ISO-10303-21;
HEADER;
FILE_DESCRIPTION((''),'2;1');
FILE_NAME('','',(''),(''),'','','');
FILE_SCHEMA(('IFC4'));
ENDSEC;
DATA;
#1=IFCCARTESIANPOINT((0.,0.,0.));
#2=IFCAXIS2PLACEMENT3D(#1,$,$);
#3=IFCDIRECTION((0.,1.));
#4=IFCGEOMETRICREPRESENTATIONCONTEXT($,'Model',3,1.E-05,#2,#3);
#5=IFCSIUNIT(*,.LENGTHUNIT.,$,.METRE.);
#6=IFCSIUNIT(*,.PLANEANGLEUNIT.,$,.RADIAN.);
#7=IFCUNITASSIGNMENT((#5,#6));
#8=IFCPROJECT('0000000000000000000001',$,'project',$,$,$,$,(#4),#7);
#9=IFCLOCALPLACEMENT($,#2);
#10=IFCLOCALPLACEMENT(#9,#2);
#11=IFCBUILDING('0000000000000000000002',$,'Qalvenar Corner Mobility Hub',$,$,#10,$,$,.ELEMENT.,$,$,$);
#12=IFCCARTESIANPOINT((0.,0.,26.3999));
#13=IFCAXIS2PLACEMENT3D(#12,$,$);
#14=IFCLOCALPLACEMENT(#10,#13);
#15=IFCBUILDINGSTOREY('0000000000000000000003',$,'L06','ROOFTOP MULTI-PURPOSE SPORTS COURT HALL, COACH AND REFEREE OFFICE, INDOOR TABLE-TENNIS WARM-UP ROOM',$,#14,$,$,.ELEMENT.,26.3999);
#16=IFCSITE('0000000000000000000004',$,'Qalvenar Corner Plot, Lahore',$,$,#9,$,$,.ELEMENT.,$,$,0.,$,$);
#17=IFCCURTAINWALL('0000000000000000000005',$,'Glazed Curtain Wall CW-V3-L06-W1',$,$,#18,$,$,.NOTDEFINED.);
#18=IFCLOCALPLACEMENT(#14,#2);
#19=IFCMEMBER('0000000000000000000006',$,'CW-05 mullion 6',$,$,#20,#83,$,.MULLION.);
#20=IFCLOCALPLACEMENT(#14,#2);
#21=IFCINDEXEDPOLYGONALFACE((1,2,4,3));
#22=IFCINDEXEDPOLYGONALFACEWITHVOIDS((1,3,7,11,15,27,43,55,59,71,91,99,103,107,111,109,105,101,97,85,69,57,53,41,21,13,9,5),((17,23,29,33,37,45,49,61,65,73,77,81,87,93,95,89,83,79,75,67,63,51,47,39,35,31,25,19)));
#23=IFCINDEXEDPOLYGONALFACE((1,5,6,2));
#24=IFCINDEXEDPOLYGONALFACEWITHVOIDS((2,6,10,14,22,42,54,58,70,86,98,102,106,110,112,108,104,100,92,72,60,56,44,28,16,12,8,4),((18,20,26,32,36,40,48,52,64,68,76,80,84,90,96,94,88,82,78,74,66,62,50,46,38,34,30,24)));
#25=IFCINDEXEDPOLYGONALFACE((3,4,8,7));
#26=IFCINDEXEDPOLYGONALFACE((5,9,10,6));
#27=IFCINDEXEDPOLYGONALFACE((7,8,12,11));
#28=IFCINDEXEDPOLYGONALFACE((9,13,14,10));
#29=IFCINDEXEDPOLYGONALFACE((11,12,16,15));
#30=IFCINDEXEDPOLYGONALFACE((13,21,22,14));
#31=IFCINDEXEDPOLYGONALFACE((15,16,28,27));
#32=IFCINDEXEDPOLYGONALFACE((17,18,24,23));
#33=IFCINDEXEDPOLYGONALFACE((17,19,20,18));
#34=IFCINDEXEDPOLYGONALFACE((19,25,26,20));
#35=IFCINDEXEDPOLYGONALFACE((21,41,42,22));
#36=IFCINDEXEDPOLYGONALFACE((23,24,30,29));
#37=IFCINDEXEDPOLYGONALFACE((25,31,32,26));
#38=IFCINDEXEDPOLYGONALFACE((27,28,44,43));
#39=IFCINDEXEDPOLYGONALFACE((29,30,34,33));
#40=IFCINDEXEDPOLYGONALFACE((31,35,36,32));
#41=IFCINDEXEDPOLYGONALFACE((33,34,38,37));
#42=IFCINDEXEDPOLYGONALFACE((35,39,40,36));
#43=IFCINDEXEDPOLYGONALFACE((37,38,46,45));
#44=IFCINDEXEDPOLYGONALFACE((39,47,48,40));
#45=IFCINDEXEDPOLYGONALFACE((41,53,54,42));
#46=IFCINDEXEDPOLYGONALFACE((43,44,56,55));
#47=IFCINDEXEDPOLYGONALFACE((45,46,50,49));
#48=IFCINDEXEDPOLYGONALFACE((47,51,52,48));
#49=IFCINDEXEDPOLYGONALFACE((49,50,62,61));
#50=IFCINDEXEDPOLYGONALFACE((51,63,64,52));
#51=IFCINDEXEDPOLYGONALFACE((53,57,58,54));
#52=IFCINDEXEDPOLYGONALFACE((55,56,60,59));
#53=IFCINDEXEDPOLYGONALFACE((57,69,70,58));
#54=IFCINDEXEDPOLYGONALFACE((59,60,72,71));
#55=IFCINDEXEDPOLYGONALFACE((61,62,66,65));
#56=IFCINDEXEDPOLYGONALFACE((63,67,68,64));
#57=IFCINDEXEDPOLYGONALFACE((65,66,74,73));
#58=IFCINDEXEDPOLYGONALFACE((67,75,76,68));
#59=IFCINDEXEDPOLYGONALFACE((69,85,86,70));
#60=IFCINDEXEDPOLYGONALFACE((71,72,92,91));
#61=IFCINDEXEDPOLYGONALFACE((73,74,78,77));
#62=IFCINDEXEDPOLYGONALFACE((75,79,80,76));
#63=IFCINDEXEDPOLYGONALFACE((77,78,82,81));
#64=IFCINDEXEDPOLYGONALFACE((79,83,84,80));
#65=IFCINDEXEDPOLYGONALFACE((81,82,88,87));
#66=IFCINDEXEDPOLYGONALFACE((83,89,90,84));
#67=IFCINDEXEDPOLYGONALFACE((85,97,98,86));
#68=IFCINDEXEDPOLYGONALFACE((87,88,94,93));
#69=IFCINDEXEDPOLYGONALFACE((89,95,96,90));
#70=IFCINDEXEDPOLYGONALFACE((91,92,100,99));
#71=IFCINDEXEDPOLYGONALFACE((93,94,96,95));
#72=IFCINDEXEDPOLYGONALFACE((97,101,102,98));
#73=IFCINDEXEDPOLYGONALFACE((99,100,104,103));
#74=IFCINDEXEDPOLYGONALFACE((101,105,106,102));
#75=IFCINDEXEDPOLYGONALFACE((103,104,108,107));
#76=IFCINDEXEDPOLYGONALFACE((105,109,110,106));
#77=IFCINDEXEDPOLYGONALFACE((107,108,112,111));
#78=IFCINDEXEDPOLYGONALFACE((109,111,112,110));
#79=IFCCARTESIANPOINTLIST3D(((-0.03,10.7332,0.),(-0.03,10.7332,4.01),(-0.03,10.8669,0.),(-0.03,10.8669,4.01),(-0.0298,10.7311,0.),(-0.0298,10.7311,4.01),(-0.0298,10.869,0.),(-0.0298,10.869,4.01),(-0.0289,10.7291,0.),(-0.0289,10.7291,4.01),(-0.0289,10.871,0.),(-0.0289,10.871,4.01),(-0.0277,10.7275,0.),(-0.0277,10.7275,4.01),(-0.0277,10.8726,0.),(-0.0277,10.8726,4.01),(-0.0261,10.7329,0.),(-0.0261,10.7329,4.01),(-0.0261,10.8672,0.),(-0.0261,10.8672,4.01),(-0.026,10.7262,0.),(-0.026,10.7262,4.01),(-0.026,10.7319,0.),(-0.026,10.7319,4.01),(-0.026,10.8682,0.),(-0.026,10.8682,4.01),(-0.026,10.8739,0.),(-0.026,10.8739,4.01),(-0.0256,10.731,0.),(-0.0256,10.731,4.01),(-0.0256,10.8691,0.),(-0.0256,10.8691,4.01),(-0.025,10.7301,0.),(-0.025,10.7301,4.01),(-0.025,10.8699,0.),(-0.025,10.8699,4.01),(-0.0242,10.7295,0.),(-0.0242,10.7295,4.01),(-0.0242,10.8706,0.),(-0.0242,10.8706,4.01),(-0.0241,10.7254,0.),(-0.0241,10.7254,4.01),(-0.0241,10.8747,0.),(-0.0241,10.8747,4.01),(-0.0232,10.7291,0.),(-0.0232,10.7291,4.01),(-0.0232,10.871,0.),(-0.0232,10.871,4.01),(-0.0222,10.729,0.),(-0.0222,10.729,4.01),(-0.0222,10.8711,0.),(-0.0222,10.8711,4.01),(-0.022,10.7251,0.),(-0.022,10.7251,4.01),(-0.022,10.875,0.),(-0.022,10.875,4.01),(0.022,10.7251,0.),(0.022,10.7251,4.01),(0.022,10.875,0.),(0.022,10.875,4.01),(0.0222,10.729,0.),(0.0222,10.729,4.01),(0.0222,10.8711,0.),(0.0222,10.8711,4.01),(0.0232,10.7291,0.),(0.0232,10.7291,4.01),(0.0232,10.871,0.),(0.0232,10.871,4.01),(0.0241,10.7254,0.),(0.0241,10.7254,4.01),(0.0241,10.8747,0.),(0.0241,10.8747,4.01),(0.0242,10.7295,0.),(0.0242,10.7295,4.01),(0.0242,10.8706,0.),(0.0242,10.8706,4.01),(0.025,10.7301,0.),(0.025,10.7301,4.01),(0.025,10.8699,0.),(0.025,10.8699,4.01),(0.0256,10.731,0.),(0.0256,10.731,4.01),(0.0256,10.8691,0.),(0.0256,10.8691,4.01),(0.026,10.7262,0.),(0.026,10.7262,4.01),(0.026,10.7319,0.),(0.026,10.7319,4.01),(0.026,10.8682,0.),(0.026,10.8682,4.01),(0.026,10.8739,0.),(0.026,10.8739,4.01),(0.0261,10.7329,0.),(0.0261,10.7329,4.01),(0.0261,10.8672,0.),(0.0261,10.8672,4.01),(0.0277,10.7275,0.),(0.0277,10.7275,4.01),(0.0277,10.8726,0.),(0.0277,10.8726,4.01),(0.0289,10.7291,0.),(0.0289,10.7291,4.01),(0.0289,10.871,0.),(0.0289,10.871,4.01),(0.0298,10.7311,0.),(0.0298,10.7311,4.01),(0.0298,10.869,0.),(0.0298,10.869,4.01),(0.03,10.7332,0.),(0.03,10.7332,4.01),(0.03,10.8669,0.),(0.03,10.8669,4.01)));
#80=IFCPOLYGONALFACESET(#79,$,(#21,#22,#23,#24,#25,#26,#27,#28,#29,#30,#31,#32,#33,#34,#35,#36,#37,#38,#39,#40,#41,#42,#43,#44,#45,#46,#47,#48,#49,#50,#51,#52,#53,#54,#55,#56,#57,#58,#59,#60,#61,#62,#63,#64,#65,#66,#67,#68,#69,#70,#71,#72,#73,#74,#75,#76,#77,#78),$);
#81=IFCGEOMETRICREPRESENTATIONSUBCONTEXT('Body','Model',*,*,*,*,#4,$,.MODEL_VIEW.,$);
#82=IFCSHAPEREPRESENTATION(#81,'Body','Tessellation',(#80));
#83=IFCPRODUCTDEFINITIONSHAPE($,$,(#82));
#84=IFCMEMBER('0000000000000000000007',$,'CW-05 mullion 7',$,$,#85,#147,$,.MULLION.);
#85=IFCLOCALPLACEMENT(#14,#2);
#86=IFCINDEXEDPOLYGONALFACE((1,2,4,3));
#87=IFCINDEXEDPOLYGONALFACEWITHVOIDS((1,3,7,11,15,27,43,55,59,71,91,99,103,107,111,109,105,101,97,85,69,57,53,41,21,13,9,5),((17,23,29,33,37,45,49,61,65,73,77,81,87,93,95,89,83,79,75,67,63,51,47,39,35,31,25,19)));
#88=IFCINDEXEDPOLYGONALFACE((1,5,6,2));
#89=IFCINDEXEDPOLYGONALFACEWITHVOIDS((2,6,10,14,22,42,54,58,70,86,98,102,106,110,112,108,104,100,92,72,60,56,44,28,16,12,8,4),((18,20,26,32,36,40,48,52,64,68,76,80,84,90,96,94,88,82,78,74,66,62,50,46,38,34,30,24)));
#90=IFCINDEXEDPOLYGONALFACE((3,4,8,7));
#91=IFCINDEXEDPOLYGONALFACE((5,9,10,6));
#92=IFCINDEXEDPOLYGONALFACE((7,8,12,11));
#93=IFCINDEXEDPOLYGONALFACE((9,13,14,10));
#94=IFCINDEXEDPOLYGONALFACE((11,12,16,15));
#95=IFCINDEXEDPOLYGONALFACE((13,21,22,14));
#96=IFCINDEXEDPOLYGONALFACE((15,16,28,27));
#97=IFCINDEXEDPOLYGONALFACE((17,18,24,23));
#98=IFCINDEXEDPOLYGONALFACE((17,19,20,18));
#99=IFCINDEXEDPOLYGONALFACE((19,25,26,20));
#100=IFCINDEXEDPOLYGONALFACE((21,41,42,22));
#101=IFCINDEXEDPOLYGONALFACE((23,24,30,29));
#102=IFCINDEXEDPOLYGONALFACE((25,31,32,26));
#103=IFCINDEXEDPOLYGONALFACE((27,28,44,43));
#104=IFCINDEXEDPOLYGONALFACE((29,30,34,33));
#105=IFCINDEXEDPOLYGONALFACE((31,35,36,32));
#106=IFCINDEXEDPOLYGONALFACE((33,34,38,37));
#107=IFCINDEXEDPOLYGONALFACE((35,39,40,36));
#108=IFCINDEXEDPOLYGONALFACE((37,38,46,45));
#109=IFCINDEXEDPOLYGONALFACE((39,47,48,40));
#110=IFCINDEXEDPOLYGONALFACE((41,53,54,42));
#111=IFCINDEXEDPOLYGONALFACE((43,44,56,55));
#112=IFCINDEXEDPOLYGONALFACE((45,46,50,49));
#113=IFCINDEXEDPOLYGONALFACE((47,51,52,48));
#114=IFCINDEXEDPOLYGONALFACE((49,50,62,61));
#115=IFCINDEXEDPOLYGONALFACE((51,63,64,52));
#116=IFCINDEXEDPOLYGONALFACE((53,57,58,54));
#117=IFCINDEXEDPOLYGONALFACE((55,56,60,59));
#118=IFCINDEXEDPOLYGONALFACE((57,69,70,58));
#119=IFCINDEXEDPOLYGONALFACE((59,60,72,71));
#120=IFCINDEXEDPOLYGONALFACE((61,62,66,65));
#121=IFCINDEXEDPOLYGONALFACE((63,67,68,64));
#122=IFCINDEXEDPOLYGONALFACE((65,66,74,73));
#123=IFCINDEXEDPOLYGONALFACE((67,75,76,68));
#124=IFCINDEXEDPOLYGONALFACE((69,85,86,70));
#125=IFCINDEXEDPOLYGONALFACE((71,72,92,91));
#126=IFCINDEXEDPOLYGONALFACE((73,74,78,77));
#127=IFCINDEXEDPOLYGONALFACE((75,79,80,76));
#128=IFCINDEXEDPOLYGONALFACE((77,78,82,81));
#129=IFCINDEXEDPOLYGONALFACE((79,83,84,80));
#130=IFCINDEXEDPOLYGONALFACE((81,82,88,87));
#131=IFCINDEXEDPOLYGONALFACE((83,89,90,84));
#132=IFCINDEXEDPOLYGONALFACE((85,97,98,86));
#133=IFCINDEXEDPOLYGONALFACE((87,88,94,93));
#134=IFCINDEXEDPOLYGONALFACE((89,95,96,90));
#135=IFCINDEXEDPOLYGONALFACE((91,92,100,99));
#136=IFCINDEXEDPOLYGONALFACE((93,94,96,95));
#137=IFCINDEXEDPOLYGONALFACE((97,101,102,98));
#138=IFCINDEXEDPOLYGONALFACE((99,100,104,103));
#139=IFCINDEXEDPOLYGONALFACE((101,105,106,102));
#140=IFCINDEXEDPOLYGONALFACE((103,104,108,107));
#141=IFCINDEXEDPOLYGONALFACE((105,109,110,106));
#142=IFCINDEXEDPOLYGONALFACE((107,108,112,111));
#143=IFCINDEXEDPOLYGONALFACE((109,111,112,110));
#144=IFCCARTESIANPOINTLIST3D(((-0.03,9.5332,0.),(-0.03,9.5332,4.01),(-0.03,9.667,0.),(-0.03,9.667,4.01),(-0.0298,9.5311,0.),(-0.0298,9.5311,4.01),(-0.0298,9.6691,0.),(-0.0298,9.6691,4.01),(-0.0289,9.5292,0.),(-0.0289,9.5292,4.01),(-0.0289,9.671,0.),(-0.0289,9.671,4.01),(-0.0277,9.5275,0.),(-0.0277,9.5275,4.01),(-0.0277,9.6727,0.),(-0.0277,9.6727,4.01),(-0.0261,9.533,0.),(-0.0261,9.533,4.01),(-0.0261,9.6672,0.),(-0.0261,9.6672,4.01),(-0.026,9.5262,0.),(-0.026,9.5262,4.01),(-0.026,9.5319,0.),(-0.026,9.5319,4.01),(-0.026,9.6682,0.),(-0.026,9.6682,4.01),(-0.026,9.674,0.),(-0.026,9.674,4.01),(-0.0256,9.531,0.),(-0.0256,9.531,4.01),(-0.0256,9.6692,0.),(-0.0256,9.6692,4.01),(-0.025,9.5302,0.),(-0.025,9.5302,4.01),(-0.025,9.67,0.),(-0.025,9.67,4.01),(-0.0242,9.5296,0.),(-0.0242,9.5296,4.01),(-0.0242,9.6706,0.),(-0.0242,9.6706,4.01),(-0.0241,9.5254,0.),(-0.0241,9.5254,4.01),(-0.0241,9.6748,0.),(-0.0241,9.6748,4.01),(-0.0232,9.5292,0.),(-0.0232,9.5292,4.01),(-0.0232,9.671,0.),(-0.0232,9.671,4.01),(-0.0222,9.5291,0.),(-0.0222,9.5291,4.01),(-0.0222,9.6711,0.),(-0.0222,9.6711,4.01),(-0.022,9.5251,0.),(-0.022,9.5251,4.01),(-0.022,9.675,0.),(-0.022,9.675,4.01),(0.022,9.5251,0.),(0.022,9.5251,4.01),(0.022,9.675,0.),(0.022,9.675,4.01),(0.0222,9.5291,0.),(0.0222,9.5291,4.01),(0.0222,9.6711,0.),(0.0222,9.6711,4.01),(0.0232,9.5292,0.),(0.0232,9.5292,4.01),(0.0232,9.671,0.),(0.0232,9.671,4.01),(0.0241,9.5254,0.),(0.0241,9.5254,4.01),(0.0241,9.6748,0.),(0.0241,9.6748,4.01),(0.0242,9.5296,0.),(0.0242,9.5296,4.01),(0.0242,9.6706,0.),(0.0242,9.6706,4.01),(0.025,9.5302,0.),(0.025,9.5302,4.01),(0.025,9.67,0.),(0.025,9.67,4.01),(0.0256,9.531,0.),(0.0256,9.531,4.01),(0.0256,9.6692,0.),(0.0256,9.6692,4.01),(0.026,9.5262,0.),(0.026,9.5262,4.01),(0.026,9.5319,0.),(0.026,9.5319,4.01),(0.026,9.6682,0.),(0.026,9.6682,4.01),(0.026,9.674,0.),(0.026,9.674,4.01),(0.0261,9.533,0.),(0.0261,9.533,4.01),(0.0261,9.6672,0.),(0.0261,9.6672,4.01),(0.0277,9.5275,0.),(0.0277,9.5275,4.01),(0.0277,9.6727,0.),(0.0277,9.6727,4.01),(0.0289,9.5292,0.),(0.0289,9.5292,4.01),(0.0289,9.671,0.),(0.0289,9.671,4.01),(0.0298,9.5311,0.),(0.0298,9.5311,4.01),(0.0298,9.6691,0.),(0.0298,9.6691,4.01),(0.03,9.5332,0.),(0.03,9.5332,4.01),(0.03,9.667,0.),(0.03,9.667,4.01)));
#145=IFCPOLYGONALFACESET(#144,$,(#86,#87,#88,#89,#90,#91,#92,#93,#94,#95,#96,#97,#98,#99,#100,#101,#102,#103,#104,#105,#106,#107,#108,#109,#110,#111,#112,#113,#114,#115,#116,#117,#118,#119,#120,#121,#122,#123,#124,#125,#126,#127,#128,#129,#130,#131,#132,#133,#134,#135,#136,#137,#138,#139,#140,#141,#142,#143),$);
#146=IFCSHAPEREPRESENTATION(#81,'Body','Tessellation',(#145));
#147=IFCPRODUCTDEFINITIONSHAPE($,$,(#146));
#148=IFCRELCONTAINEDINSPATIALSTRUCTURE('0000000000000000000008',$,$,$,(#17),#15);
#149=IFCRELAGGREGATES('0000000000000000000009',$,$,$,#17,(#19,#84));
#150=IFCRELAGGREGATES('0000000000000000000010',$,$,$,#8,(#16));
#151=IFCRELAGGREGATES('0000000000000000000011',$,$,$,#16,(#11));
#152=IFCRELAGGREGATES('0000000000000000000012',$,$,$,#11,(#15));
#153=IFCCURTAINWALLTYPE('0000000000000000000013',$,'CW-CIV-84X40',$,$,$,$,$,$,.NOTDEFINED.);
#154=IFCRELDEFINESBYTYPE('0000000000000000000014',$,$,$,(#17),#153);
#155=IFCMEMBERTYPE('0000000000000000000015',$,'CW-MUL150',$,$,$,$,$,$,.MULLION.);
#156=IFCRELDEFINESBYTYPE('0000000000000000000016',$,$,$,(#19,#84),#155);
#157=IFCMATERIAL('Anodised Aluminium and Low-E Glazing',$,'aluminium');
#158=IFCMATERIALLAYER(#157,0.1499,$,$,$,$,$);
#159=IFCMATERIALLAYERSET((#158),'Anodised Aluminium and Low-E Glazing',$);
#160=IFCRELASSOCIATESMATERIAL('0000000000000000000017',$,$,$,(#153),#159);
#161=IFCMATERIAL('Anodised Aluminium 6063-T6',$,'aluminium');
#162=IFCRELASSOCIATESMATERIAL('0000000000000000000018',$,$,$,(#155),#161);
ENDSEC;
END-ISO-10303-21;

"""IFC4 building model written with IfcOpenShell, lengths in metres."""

from ifc_helpers import new_model, si_unit, direction, frame, origin, origin_2d, place, context, subcontext, project, spatial, hollow_rectangle, extrude, material, layer, layer_set, material_profile, profile_set, type_object, element, aggregate, save


model = new_model("IFC4")

# Units and contexts
model_context = context("Model", 3, precision=1e-05, world=origin(), true_north=direction((0.0, 1.0)))
body_context = subcontext(model_context, "Body", "Model", "MODEL_VIEW")
ifc_project = project(units=[si_unit("LENGTHUNIT", "METRE"), si_unit("PLANEANGLEUNIT", "RADIAN")], contexts=[model_context])

# Site, building, storey
site_placement = place(None, origin())
site = spatial("IfcSite", under=ifc_project, at=site_placement, Name="Qalvenar Corner Plot, Lahore", CompositionType="ELEMENT", RefElevation=0.0)
building_placement = place(site_placement, origin())
building = spatial("IfcBuilding", under=site, at=building_placement, Name="Qalvenar Corner Mobility Hub", CompositionType="ELEMENT")
storey_placement = place(building_placement, frame((0.0, 0.0, 26.3999)))
storey = spatial("IfcBuildingStorey", under=building, at=storey_placement, Name="L06", Description="ROOFTOP MULTI-PURPOSE SPORTS COURT HALL, COACH AND REFEREE OFFICE, INDOOR TABLE-TENNIS WARM-UP ROOM", CompositionType="ELEMENT", Elevation=26.3999)

# Curtain wall, members
ifc_material_1 = material(Name="Anodised Aluminium and Low-E Glazing", Category="aluminium")
ifc_material_2 = material(Name="Anodised Aluminium 6063-T6", Category="aluminium")
ifc_layer_1 = layer(ifc_material_1, 0.1499)
ifc_layer_set_1 = layer_set([ifc_layer_1], Name="Anodised Aluminium and Low-E Glazing")
curtain_wall_type_1 = type_object("IfcCurtainWallType", Name="CW-CIV-84X40", PredefinedType="NOTDEFINED", material=ifc_layer_set_1)
curtain_wall_1_placement = place(storey_placement, origin())
curtain_wall_1 = element("IfcCurtainWall", 1, at=curtain_wall_1_placement, inside=storey, type_object=curtain_wall_type_1, Name="Glazed Curtain Wall CW-V3-L06-W1", PredefinedType="NOTDEFINED")
ifc_material_profile_1 = material_profile(ifc_material_2, hollow_rectangle(XDim=0.0601, YDim=0.1499, WallThickness=0.0039, InnerFilletRadius=0.0039, OuterFilletRadius=0.0081, at=origin_2d()), Name="RHS150x60x4")
ifc_profile_set_1 = profile_set([ifc_material_profile_1], Name="Anodised Aluminium 6063-T6")
member_type_1 = type_object("IfcMemberType", Name="CW-MUL150", PredefinedType="MULLION", material=ifc_profile_set_1)
member_1_placement = place(storey_placement, frame((0.0, 10.8, 0.0), z_axis=(0.0, 0.0, 1.0), x_axis=(1.0, 0.0, 0.0)))
member_1 = element("IfcMember", 2, at=member_1_placement, type_object=member_type_1, Name="CW-05 mullion 6", PredefinedType="MULLION", context=body_context, shape_type="SweptSolid", body=[
    extrude(hollow_rectangle(XDim=0.0601, YDim=0.1499, WallThickness=0.0039, InnerFilletRadius=0.0039, OuterFilletRadius=0.0081, at=origin_2d()), origin(), (0.0, 0.0, 1.0), 4.01),
])
member_2_placement = place(storey_placement, frame((0.0, 9.6001, 0.0), z_axis=(0.0, 0.0, 1.0), x_axis=(1.0, 0.0, 0.0)))
member_2 = element("IfcMember", 3, at=member_2_placement, type_object=member_type_1, Name="CW-05 mullion 7", PredefinedType="MULLION", context=body_context, shape_type="SweptSolid", body=[
    extrude(hollow_rectangle(XDim=0.0601, YDim=0.1499, WallThickness=0.0039, InnerFilletRadius=0.0039, OuterFilletRadius=0.0081, at=origin_2d()), origin(), (0.0, 0.0, 1.0), 4.01),
])

aggregate(curtain_wall_1, [member_1, member_2])

save(model, "model.ifc")
